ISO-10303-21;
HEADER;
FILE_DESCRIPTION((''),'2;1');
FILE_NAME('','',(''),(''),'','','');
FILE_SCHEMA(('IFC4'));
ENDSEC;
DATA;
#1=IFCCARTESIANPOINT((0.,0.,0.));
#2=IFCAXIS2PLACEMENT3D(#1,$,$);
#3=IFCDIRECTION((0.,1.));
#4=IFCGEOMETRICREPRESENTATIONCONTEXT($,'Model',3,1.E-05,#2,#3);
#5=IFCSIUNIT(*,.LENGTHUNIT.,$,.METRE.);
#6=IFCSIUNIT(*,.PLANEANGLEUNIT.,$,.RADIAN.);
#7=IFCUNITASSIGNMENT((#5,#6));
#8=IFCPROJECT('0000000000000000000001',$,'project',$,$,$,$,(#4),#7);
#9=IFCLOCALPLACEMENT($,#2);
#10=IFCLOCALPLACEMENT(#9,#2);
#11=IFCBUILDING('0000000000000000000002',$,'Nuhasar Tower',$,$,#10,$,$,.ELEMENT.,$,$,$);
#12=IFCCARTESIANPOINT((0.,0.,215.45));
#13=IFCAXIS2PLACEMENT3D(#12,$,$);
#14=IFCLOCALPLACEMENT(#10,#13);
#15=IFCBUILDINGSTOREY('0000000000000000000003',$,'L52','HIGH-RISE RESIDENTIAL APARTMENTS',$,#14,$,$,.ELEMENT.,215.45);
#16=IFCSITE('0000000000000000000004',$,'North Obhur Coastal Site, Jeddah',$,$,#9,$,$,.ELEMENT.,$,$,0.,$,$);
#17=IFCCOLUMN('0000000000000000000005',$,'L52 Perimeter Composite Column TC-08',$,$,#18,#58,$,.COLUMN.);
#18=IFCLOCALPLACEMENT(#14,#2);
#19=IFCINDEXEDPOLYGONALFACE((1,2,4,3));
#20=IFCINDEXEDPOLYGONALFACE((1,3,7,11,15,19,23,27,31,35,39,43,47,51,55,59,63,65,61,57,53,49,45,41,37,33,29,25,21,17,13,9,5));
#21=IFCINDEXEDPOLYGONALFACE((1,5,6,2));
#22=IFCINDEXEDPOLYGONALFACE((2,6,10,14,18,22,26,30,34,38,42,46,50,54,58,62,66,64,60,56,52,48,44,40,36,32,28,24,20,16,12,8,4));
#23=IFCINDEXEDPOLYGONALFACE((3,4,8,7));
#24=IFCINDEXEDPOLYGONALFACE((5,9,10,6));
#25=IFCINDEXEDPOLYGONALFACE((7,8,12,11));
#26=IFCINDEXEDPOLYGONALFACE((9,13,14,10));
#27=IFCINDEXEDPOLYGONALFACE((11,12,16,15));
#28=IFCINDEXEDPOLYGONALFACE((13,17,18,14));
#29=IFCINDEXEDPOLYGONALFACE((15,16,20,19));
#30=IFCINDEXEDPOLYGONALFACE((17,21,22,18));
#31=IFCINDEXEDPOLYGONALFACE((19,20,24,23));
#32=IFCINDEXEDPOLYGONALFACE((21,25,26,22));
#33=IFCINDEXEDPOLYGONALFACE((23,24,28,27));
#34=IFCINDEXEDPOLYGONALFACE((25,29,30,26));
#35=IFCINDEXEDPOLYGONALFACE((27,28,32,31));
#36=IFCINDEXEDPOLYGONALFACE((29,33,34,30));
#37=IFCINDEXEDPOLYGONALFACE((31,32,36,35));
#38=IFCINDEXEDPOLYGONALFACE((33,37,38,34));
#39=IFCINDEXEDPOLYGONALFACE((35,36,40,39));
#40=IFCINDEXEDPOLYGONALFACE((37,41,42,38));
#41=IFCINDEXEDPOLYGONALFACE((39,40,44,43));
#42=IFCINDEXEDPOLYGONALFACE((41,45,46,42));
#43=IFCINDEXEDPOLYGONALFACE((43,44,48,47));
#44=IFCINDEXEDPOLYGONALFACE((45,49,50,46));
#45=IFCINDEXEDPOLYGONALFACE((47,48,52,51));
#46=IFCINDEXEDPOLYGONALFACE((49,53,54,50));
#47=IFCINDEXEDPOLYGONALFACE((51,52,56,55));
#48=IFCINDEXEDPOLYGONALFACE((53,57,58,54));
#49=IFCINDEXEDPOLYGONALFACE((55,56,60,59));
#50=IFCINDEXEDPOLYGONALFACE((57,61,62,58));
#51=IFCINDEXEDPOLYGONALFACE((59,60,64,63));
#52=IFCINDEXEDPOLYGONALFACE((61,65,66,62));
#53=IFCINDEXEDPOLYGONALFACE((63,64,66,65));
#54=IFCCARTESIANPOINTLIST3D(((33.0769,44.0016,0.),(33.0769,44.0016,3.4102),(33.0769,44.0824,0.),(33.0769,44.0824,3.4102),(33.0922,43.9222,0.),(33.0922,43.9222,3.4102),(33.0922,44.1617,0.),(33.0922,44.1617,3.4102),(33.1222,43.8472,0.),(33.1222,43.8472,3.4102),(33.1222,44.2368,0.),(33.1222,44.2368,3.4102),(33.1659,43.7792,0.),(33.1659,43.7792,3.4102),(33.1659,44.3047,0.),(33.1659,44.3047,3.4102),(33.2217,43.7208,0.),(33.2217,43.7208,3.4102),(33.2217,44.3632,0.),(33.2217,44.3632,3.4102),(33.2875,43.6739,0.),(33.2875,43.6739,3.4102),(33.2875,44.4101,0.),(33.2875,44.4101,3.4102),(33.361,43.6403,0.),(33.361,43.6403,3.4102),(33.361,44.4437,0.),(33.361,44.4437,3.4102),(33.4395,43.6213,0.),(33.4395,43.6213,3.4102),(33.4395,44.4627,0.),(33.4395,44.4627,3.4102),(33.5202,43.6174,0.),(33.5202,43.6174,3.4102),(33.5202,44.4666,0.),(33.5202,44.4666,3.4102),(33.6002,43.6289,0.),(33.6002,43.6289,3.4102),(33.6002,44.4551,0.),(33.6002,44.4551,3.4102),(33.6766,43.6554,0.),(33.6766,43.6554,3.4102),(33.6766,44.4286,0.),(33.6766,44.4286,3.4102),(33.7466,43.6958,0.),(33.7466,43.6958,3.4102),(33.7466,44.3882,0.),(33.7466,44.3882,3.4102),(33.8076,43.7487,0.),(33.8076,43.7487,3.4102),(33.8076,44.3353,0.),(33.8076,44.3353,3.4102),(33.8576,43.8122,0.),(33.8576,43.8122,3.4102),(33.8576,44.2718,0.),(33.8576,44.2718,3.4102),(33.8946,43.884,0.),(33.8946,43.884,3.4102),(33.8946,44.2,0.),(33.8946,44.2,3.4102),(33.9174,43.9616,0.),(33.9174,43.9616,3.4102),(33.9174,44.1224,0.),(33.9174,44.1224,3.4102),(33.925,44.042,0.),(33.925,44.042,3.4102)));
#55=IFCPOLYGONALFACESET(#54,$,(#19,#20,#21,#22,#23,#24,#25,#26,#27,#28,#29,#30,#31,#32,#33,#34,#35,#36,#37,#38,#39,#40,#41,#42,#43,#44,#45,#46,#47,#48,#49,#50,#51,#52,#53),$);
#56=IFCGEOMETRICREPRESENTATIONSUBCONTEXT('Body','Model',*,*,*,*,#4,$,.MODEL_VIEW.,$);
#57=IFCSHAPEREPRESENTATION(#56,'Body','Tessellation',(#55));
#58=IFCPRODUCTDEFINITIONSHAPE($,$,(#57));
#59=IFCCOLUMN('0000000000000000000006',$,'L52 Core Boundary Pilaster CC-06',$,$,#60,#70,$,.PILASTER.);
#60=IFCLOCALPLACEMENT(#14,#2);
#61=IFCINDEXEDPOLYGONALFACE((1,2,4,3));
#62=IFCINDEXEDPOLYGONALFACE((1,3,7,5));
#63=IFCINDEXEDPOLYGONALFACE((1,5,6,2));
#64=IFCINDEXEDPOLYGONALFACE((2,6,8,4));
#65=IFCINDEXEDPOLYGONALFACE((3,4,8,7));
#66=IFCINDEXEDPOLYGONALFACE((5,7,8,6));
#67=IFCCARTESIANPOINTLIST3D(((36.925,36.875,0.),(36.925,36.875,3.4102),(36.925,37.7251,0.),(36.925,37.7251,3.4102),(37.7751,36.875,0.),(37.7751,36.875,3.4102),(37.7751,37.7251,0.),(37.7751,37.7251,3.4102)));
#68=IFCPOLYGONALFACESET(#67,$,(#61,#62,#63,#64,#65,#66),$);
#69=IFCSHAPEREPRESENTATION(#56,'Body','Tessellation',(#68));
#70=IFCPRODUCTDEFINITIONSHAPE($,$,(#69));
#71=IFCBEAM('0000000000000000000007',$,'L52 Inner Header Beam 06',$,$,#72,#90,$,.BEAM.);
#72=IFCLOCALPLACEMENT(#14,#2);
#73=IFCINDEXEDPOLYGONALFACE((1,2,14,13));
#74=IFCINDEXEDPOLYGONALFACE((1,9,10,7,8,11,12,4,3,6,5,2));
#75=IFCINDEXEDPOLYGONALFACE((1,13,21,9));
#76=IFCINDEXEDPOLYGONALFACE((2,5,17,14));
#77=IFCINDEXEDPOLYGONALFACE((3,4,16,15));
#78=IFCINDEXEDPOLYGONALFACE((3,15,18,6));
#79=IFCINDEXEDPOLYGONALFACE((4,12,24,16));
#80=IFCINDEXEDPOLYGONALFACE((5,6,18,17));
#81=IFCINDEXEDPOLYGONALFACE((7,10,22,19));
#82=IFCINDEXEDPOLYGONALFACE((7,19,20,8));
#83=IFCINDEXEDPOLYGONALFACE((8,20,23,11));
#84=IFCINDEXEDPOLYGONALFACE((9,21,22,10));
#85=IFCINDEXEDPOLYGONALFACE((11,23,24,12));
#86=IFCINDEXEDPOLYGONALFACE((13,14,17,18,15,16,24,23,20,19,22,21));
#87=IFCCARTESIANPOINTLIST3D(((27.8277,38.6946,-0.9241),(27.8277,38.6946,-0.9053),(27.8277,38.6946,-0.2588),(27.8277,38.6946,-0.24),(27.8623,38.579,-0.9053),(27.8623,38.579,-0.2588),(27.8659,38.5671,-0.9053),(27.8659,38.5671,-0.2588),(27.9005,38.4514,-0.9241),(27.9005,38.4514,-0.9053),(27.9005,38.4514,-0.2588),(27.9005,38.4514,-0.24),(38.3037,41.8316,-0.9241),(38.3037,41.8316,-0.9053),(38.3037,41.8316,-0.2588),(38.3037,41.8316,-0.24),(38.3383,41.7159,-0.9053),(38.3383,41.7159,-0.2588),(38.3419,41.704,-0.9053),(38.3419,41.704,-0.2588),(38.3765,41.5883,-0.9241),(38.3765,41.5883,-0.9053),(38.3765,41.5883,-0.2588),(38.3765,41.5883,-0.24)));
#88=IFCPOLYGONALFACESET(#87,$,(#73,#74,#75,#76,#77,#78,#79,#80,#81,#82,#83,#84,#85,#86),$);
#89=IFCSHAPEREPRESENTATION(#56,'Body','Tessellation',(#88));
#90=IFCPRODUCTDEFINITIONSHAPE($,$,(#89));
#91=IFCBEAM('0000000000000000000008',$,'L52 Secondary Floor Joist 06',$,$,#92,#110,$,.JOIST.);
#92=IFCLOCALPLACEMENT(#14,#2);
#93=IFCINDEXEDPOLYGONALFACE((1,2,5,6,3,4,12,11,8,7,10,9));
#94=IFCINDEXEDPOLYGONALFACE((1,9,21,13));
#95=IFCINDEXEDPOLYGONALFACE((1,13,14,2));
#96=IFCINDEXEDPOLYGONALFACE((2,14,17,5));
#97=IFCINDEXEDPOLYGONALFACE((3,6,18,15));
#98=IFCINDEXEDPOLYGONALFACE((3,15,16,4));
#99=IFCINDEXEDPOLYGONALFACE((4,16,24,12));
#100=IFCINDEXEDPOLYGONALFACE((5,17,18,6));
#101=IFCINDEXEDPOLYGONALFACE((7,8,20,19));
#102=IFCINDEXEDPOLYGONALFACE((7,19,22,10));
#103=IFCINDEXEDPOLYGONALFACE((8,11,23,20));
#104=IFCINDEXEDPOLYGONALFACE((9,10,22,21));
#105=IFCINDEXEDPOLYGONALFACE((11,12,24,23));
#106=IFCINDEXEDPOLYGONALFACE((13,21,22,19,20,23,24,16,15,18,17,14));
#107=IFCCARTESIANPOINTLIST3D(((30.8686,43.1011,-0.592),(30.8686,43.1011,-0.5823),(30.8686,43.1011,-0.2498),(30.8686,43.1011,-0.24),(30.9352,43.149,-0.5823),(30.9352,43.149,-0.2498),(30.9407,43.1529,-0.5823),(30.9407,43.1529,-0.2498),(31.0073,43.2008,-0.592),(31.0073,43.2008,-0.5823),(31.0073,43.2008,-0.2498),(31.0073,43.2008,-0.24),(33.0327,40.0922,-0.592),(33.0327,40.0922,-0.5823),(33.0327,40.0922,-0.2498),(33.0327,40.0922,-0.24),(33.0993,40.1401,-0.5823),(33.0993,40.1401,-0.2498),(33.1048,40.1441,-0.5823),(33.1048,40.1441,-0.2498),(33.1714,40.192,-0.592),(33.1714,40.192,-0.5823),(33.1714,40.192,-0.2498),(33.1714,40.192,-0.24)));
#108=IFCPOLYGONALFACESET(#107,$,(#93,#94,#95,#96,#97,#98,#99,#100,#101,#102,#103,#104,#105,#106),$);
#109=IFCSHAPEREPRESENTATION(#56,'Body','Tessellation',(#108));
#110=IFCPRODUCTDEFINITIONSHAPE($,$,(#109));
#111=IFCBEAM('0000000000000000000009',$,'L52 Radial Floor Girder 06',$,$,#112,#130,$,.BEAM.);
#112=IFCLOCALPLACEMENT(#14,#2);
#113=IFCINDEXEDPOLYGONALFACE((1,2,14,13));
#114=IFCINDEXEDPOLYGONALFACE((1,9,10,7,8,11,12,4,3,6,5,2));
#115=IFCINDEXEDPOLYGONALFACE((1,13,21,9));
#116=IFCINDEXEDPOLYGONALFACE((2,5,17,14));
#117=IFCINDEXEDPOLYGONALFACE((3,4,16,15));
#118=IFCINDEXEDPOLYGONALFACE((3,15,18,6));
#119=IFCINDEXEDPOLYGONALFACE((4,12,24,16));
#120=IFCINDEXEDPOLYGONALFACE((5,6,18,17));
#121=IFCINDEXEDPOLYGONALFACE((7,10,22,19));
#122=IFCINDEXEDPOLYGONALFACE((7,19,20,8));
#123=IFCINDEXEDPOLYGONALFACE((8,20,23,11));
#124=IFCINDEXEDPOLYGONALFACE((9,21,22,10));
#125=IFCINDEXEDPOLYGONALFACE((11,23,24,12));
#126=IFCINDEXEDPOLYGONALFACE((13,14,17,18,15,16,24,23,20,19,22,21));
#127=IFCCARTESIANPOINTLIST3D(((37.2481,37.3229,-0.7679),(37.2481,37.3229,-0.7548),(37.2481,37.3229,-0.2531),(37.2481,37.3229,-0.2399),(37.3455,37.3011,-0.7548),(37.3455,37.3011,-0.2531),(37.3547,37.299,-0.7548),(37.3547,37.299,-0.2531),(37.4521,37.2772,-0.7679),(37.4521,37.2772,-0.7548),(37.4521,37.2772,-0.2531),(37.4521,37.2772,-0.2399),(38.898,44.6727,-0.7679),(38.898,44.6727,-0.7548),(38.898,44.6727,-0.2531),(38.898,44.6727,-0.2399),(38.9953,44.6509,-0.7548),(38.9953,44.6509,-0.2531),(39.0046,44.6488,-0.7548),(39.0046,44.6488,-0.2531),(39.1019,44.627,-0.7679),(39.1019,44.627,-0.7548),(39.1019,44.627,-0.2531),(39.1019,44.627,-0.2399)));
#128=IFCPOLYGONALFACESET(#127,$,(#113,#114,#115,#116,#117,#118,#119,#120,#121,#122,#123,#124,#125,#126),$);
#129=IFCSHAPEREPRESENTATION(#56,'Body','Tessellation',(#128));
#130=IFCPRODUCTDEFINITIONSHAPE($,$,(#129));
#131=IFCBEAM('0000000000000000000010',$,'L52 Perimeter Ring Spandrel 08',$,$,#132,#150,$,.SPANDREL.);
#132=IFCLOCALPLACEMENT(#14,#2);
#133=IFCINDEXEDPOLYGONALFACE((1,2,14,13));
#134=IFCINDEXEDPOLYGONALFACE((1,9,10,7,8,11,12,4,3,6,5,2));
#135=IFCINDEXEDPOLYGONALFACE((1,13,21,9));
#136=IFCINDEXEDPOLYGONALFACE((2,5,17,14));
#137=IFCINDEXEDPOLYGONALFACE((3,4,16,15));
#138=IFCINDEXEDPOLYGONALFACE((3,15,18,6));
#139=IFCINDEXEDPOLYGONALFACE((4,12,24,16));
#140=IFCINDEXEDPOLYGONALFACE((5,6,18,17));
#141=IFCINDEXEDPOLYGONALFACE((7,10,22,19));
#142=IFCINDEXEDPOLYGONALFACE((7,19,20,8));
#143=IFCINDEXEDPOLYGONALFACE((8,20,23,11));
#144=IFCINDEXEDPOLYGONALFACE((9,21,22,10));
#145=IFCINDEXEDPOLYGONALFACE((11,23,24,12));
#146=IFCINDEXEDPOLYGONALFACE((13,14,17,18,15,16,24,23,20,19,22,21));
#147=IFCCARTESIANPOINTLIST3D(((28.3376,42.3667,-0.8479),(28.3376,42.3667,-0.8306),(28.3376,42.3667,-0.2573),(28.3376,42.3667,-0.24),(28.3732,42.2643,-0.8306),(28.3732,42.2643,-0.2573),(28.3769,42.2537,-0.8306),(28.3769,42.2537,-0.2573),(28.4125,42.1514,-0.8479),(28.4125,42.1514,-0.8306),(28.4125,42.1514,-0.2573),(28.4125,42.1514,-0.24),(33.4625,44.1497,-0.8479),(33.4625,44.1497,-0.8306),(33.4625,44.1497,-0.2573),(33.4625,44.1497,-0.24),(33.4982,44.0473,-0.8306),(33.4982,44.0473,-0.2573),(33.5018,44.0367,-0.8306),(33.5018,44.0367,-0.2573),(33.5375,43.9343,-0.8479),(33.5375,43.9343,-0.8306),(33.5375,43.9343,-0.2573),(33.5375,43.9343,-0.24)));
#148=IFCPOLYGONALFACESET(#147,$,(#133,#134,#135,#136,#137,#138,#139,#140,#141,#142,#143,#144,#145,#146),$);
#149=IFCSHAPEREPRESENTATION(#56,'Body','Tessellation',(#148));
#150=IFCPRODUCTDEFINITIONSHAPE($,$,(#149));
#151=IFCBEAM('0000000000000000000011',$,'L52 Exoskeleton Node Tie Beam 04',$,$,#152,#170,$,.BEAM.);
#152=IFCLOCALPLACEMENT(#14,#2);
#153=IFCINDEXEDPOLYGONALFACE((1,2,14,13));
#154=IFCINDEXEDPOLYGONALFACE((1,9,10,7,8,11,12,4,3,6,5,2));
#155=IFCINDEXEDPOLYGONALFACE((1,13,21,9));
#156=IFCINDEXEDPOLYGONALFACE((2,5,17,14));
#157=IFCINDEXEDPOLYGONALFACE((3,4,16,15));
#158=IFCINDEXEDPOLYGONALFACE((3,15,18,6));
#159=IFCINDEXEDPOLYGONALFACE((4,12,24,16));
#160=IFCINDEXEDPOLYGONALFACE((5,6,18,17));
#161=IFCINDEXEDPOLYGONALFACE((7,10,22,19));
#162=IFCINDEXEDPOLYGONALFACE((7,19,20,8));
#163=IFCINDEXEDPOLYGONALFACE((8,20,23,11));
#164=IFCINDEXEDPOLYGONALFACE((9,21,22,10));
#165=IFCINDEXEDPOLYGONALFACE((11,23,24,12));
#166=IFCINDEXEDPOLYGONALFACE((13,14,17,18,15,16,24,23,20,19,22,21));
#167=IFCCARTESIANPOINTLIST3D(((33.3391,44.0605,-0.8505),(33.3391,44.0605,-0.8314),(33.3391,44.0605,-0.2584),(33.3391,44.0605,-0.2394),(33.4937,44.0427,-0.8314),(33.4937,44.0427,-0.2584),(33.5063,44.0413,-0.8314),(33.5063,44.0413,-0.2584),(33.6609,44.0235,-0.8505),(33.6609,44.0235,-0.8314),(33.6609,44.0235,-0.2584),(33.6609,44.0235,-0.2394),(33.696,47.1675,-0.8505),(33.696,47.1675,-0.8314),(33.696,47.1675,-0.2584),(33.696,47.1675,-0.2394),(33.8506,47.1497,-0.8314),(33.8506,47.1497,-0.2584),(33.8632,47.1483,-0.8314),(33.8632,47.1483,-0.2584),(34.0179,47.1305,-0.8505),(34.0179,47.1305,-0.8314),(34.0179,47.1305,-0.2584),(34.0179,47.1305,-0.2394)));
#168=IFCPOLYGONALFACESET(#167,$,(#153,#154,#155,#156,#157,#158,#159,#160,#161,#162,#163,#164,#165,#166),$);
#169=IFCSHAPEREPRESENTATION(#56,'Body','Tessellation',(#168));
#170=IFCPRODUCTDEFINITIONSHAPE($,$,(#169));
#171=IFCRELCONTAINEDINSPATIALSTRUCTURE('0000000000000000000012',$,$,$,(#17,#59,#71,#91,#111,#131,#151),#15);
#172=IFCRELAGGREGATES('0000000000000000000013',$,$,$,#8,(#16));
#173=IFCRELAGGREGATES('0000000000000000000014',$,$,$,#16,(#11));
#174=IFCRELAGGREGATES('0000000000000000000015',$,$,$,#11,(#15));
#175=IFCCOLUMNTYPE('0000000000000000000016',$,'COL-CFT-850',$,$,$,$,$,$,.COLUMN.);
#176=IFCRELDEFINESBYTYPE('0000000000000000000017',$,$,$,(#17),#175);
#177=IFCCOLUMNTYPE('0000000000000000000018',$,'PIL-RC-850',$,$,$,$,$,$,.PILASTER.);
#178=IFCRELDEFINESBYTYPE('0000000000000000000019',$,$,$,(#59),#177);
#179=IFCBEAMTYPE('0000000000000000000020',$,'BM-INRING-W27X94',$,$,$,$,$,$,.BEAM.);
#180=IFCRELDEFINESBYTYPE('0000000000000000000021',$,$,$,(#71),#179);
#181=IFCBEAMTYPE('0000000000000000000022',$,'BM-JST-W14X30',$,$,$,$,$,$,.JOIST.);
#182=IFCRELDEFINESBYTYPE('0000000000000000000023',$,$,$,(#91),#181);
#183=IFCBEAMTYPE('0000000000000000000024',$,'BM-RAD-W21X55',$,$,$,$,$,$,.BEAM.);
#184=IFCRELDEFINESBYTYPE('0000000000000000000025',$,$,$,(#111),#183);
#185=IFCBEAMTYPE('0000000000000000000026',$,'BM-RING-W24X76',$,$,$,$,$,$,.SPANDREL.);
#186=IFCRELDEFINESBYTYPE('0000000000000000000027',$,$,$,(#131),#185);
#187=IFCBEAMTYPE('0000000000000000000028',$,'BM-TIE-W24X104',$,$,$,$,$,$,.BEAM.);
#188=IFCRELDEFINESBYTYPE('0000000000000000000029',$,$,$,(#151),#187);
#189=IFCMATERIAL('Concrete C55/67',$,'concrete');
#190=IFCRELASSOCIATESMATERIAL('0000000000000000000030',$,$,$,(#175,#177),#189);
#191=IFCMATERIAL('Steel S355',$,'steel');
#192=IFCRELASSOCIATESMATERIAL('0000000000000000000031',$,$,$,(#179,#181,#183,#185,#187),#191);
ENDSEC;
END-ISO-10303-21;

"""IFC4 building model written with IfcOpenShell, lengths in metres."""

from ifc_helpers import new_model, si_unit, direction, frame, origin, origin_2d, place, context, subcontext, project, spatial, rectangle, circle, i_section, extrude, material, material_profile, profile_set, type_object, element, save


model = new_model("IFC4")

# Units and contexts
model_context = context("Model", 3, precision=1e-05, world=origin(), true_north=direction((0.0, 1.0)))
body_context = subcontext(model_context, "Body", "Model", "MODEL_VIEW")
ifc_project = project(units=[si_unit("LENGTHUNIT", "METRE"), si_unit("PLANEANGLEUNIT", "RADIAN")], contexts=[model_context])

# Site, building, storey
site_placement = place(None, origin())
site = spatial("IfcSite", under=ifc_project, at=site_placement, Name="North Obhur Coastal Site, Jeddah", CompositionType="ELEMENT", RefElevation=0.0)
building_placement = place(site_placement, origin())
building = spatial("IfcBuilding", under=site, at=building_placement, Name="Nuhasar Tower", CompositionType="ELEMENT")
storey_placement = place(building_placement, frame((0.0, 0.0, 215.45)))
storey = spatial("IfcBuildingStorey", under=building, at=storey_placement, Name="L52", Description="HIGH-RISE RESIDENTIAL APARTMENTS", CompositionType="ELEMENT", Elevation=215.45)

# Columns
ifc_material_1 = material(Name="Concrete C55/67", Category="concrete")
ifc_material_profile_1 = material_profile(ifc_material_1, circle(Radius=0.425, at=origin_2d()), Name="CFT850")
ifc_profile_set_1 = profile_set([ifc_material_profile_1], Name="Concrete C55/67")
column_type_1 = type_object("IfcColumnType", Name="COL-CFT-850", PredefinedType="COLUMN", material=ifc_profile_set_1)
column_1_placement = place(storey_placement, frame((33.5, 44.042, 0.0), z_axis=(0.0, 0.0, 1.0), x_axis=(1.0, 0.0, 0.0)))
element("IfcColumn", 1, at=column_1_placement, inside=storey, type_object=column_type_1, Name="L52 Perimeter Composite Column TC-08", PredefinedType="COLUMN", context=body_context, shape_type="SweptSolid", body=[
    extrude(circle(Radius=0.425, at=origin_2d()), origin(), (0.0, 0.0, 1.0), 3.4102),
])
ifc_material_profile_2 = material_profile(ifc_material_1, rectangle(XDim=0.8501, YDim=0.8501, at=origin_2d()), Name="RC850X850")
ifc_profile_set_2 = profile_set([ifc_material_profile_2], Name="Concrete C55/67")
column_type_2 = type_object("IfcColumnType", Name="PIL-RC-850", PredefinedType="PILASTER", material=ifc_profile_set_2)
column_2_placement = place(storey_placement, frame((37.3501, 37.3, 0.0), z_axis=(0.0, 0.0, 1.0), x_axis=(1.0, 0.0, 0.0)))
element("IfcColumn", 2, at=column_2_placement, inside=storey, type_object=column_type_2, Name="L52 Core Boundary Pilaster CC-06", PredefinedType="PILASTER", context=body_context, shape_type="SweptSolid", body=[
    extrude(rectangle(XDim=0.8501, YDim=0.8501, at=origin_2d()), origin(), (0.0, 0.0, 1.0), 3.4102),
])

# Beams
ifc_material_2 = material(Name="Steel S355", Category="steel")
ifc_material_profile_3 = material_profile(ifc_material_2, i_section(OverallWidth=0.2539, OverallDepth=0.6841, WebThickness=0.0125, FlangeThickness=0.0188, at=origin_2d()), Name="W27X94")
ifc_profile_set_3 = profile_set([ifc_material_profile_3], Name="Steel S355")
beam_type_1 = type_object("IfcBeamType", Name="BM-INRING-W27X94", PredefinedType="BEAM", material=ifc_profile_set_3)
beam_1_placement = place(storey_placement, frame((38.3401, 41.71, -0.582), z_axis=(-0.957974, -0.286856, 0.0), x_axis=(0.286856, -0.957974, 0.0)))
element("IfcBeam", 3, at=beam_1_placement, inside=storey, type_object=beam_type_1, Name="L52 Inner Header Beam 06", PredefinedType="BEAM", context=body_context, shape_type="SweptSolid", body=[
    extrude(i_section(OverallWidth=0.2539, OverallDepth=0.6841, WebThickness=0.0125, FlangeThickness=0.0188, at=origin_2d()), origin(), (0.0, 0.0, 1.0), 10.9355),
])
ifc_material_profile_4 = material_profile(ifc_material_2, i_section(OverallWidth=0.1709, OverallDepth=0.3521, WebThickness=0.0068, FlangeThickness=0.0098, at=origin_2d()), Name="W14X30")
ifc_profile_set_4 = profile_set([ifc_material_profile_4], Name="Steel S355")
beam_type_2 = type_object("IfcBeamType", Name="BM-JST-W14X30", PredefinedType="JOIST", material=ifc_profile_set_4)
beam_2_placement = place(storey_placement, frame((33.1021, 40.1421, -0.416), z_axis=(-0.583902, 0.811824, 0.0), x_axis=(-0.811824, -0.583902, 0.0)))
element("IfcBeam", 4, at=beam_2_placement, inside=storey, type_object=beam_type_2, Name="L52 Secondary Floor Joist 06", PredefinedType="JOIST", context=body_context, shape_type="SweptSolid", body=[
    extrude(i_section(OverallWidth=0.1709, OverallDepth=0.3521, WebThickness=0.0068, FlangeThickness=0.0098, at=origin_2d()), origin(), (0.0, 0.0, 1.0), 3.7063),
])
ifc_material_profile_5 = material_profile(ifc_material_2, i_section(OverallWidth=0.209, OverallDepth=0.5281, WebThickness=0.0095, FlangeThickness=0.0132, at=origin_2d()), Name="W21X55")
ifc_profile_set_5 = profile_set([ifc_material_profile_5], Name="Steel S355")
beam_type_3 = type_object("IfcBeamType", Name="BM-RAD-W21X55", PredefinedType="BEAM", material=ifc_profile_set_5)
beam_3_placement = place(storey_placement, frame((37.3501, 37.3, -0.5039), z_axis=(0.21903, 0.975718, 0.0), x_axis=(-0.975718, 0.21903, 0.0)))
element("IfcBeam", 5, at=beam_3_placement, inside=storey, type_object=beam_type_3, Name="L52 Radial Floor Girder 06", PredefinedType="BEAM", context=body_context, shape_type="SweptSolid", body=[
    extrude(i_section(OverallWidth=0.209, OverallDepth=0.5281, WebThickness=0.0095, FlangeThickness=0.0132, at=origin_2d()), origin(), (0.0, 0.0, 1.0), 7.5327),
])
ifc_material_profile_6 = material_profile(ifc_material_2, i_section(OverallWidth=0.228, OverallDepth=0.6079, WebThickness=0.0112, FlangeThickness=0.0173, at=origin_2d()), Name="W24X76")
ifc_profile_set_6 = profile_set([ifc_material_profile_6], Name="Steel S355")
beam_type_4 = type_object("IfcBeamType", Name="BM-RING-W24X76", PredefinedType="SPANDREL", material=ifc_profile_set_6)
beam_4_placement = place(storey_placement, frame((33.5, 44.042, -0.5439), z_axis=(-0.944477, -0.328578, 0.0), x_axis=(0.328578, -0.944477, 0.0)))
element("IfcBeam", 6, at=beam_4_placement, inside=storey, type_object=beam_type_4, Name="L52 Perimeter Ring Spandrel 08", PredefinedType="SPANDREL", context=body_context, shape_type="SweptSolid", body=[
    extrude(i_section(OverallWidth=0.228, OverallDepth=0.6079, WebThickness=0.0112, FlangeThickness=0.0173, at=origin_2d()), origin(), (0.0, 0.0, 1.0), 5.4263),
])
ifc_material_profile_7 = material_profile(ifc_material_2, i_section(OverallWidth=0.324, OverallDepth=0.6111, WebThickness=0.0127, FlangeThickness=0.019, at=origin_2d()), Name="W24X104")
ifc_profile_set_7 = profile_set([ifc_material_profile_7], Name="Steel S355")
beam_type_5 = type_object("IfcBeamType", Name="BM-TIE-W24X104", PredefinedType="BEAM", material=ifc_profile_set_7)
beam_5_placement = place(storey_placement, frame((33.5, 44.042, -0.5449), z_axis=(0.114132, 0.993466, 0.0), x_axis=(-0.993466, 0.114132, 0.0)))
element("IfcBeam", 7, at=beam_5_placement, inside=storey, type_object=beam_type_5, Name="L52 Exoskeleton Node Tie Beam 04", PredefinedType="BEAM", context=body_context, shape_type="SweptSolid", body=[
    extrude(i_section(OverallWidth=0.324, OverallDepth=0.6111, WebThickness=0.0127, FlangeThickness=0.019, at=origin_2d()), origin(), (0.0, 0.0, 1.0), 3.1274),
])

save(model, "model.ifc")
